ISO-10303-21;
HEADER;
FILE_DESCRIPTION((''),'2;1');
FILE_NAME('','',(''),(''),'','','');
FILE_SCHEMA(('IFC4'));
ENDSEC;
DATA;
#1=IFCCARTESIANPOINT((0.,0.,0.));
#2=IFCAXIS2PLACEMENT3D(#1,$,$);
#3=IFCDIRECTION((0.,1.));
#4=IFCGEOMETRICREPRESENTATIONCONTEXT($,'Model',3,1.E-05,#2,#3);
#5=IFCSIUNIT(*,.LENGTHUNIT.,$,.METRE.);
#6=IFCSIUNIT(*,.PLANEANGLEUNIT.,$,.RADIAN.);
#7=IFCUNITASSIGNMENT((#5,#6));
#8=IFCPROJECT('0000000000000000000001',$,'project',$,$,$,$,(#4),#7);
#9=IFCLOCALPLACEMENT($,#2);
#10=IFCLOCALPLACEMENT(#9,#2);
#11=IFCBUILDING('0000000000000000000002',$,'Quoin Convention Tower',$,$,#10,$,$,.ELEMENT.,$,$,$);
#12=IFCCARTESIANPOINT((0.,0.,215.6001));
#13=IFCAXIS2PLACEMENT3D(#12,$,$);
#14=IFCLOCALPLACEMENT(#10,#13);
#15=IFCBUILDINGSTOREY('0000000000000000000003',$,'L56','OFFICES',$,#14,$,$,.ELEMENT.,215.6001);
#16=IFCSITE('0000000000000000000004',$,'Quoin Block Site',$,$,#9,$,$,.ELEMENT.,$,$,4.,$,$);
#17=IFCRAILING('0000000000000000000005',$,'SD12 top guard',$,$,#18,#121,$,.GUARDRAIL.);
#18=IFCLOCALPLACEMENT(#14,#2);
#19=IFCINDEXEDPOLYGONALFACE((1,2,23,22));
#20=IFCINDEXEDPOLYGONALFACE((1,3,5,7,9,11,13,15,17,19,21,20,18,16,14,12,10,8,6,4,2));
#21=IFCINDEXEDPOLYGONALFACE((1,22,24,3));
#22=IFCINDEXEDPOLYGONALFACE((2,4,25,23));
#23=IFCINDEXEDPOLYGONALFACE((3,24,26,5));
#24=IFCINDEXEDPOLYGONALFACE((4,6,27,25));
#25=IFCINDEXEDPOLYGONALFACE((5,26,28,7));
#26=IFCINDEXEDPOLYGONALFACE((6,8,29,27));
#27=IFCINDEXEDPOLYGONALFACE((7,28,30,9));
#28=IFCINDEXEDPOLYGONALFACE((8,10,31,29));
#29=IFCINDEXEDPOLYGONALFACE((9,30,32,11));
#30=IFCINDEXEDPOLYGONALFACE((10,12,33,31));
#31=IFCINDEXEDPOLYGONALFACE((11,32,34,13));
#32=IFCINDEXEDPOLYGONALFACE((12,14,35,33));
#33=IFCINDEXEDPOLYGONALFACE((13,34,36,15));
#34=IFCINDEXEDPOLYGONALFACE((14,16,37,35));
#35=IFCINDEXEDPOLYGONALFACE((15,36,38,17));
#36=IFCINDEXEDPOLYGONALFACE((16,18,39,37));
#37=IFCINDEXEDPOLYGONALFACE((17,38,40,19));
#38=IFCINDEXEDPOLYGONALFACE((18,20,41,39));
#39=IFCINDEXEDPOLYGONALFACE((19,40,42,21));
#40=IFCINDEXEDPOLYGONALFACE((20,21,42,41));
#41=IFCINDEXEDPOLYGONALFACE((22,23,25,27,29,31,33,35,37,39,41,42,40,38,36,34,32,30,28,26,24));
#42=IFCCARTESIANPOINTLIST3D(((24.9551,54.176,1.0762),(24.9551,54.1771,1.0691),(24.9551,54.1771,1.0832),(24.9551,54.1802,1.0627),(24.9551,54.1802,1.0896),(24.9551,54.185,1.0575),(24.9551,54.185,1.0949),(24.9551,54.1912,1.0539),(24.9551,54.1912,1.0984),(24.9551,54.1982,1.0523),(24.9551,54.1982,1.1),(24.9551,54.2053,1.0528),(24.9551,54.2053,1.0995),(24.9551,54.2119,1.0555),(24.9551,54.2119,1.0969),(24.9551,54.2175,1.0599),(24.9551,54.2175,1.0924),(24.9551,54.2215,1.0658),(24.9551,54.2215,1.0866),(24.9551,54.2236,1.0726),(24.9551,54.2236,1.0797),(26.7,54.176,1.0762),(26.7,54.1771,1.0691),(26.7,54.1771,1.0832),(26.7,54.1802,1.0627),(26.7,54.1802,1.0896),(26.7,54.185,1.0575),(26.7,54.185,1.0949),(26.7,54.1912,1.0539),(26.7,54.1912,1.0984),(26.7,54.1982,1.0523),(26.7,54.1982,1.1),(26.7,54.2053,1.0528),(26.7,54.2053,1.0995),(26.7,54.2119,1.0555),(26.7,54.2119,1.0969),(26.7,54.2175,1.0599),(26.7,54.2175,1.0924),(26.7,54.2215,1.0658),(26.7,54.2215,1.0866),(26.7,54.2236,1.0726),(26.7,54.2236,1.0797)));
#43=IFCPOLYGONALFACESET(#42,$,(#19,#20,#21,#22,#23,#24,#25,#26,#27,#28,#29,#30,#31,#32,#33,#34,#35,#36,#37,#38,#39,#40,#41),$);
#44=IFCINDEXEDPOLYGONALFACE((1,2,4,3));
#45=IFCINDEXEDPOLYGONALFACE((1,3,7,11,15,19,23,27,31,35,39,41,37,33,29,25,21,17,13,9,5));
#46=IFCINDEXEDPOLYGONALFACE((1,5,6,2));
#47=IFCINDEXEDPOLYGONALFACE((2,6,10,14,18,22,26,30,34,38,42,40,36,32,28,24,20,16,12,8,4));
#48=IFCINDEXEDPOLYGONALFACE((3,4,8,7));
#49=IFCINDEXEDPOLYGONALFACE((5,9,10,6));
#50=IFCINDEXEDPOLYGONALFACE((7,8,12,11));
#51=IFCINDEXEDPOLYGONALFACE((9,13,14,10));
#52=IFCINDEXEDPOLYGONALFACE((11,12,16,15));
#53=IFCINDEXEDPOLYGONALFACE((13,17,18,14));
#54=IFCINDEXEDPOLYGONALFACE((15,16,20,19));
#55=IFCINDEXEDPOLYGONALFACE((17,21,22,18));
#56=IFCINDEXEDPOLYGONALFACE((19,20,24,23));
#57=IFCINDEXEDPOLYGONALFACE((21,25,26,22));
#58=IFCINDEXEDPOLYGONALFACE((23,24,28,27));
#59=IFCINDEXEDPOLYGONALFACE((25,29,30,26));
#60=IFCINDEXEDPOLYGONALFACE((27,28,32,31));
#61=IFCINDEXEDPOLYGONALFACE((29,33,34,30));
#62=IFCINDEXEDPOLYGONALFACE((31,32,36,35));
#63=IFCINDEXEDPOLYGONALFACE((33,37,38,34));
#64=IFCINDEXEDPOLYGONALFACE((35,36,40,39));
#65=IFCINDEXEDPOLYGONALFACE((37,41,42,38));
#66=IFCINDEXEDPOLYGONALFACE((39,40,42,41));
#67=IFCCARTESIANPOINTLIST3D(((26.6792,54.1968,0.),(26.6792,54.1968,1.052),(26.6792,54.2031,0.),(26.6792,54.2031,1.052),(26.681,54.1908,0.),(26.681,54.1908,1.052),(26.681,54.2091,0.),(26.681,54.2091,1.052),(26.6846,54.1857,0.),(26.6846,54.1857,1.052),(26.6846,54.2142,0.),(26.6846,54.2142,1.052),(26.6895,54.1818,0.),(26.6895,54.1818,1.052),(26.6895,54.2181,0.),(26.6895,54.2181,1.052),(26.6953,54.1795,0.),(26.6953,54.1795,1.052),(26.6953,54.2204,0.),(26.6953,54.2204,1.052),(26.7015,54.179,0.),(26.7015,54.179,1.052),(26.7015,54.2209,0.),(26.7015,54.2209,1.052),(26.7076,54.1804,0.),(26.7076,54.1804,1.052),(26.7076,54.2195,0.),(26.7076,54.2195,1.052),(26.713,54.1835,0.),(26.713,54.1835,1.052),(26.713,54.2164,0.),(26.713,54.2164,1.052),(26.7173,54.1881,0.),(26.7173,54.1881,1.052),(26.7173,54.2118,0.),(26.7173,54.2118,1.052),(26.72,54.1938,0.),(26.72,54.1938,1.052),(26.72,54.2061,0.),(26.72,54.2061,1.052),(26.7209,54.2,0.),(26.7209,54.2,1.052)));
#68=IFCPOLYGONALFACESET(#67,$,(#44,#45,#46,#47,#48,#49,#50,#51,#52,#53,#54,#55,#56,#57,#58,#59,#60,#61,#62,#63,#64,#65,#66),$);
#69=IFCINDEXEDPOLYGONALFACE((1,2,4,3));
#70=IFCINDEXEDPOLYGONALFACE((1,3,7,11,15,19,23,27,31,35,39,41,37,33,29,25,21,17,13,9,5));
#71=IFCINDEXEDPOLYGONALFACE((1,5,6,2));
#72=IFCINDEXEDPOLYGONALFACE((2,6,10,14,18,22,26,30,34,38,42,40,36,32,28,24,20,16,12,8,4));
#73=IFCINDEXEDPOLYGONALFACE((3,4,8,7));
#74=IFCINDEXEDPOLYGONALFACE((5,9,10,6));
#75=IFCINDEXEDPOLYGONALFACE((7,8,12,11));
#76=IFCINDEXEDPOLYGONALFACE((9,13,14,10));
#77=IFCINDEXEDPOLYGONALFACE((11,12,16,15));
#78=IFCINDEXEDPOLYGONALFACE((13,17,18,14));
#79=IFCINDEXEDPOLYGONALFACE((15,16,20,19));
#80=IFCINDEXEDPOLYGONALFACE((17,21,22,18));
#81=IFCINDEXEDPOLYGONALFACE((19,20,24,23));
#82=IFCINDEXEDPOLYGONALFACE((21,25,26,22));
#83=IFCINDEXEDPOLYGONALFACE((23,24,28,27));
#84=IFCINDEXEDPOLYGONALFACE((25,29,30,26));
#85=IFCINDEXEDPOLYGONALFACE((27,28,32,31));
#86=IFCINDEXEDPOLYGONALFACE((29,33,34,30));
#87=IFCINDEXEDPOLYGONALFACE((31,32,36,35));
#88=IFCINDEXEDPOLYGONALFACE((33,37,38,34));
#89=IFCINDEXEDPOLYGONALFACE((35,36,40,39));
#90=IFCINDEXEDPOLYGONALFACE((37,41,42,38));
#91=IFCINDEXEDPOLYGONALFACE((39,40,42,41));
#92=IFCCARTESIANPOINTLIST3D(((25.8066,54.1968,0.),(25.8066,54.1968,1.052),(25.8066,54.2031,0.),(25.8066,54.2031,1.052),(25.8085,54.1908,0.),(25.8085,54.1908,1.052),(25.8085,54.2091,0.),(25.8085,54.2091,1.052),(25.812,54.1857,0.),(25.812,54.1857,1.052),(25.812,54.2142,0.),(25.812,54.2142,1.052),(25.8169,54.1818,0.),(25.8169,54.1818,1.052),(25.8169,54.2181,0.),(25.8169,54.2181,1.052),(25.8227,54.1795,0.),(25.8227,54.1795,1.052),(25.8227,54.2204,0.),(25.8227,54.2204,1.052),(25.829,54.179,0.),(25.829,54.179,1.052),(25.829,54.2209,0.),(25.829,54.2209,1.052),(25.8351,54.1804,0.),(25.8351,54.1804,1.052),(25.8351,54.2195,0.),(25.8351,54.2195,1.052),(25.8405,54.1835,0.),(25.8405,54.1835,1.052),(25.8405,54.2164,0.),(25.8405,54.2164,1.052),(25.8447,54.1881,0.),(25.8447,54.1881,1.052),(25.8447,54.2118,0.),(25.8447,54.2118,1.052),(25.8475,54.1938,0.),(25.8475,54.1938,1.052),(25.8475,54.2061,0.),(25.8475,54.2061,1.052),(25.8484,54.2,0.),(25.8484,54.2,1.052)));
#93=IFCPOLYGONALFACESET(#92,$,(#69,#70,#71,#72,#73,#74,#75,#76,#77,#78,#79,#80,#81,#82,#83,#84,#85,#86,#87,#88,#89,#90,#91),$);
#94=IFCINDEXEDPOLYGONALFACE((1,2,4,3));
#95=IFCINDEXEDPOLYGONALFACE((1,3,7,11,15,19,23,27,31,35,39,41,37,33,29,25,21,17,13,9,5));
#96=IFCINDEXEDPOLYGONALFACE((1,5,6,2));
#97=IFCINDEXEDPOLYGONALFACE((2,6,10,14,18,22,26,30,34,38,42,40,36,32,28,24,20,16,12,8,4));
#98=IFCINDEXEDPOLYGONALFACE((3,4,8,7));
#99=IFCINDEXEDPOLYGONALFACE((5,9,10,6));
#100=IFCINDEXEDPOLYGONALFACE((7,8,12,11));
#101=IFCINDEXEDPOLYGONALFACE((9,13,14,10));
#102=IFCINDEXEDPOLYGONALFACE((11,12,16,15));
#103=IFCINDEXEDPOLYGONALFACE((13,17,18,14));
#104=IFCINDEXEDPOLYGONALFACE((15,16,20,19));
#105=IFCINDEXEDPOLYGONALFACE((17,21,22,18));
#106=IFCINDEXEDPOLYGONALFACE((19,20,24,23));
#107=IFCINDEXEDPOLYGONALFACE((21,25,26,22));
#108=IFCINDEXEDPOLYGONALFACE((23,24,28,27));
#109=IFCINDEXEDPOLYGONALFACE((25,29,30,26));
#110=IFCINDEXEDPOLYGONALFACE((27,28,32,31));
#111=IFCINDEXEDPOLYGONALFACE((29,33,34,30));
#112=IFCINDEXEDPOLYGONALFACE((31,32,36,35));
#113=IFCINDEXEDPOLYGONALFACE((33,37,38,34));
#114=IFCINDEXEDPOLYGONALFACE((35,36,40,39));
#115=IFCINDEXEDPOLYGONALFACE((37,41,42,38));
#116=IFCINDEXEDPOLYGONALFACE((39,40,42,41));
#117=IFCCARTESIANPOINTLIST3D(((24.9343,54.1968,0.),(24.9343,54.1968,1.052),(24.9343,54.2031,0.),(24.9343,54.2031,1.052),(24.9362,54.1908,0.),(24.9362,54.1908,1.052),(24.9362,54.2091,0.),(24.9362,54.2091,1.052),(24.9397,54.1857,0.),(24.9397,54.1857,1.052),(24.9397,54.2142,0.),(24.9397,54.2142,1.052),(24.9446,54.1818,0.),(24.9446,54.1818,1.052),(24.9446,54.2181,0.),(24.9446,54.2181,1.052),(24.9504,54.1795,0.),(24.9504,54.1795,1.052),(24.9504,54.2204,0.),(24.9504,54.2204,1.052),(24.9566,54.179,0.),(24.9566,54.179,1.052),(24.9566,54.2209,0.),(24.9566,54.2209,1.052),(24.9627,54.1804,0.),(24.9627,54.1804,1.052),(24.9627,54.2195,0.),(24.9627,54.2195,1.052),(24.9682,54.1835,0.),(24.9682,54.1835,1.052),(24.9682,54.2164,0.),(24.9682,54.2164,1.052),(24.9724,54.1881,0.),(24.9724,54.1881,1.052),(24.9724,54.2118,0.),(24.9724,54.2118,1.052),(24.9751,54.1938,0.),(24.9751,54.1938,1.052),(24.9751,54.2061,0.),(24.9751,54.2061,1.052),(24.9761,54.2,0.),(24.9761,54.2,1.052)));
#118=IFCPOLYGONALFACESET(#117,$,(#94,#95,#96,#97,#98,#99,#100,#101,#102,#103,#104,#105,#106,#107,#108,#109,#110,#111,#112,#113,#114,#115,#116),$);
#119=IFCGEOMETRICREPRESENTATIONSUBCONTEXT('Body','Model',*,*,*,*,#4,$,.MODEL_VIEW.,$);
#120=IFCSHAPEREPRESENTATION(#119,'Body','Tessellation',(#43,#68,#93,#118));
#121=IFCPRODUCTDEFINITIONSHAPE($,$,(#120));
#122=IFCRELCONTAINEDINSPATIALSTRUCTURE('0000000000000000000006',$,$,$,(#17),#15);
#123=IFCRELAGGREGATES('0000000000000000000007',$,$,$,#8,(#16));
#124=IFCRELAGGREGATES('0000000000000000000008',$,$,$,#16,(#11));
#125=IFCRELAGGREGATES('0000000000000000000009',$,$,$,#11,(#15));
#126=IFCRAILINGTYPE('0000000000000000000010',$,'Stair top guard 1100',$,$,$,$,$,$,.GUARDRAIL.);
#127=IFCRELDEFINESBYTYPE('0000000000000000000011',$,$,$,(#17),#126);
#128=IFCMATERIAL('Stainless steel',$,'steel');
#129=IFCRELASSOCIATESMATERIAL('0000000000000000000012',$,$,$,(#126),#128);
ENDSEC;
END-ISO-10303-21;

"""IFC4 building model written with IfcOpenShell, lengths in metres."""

from ifc_helpers import new_model, si_unit, direction, frame, origin, origin_2d, place, context, subcontext, project, spatial, circle, extrude, material, type_object, element, save


model = new_model("IFC4")

# Units and contexts
model_context = context("Model", 3, precision=1e-05, world=origin(), true_north=direction((0.0, 1.0)))
body_context = subcontext(model_context, "Body", "Model", "MODEL_VIEW")
ifc_project = project(units=[si_unit("LENGTHUNIT", "METRE"), si_unit("PLANEANGLEUNIT", "RADIAN")], contexts=[model_context])

# Site, building, storey
site_placement = place(None, origin())
site = spatial("IfcSite", under=ifc_project, at=site_placement, Name="Quoin Block Site", CompositionType="ELEMENT", RefElevation=4.0)
building_placement = place(site_placement, origin())
building = spatial("IfcBuilding", under=site, at=building_placement, Name="Quoin Convention Tower", CompositionType="ELEMENT")
storey_placement = place(building_placement, frame((0.0, 0.0, 215.6001)))
storey = spatial("IfcBuildingStorey", under=building, at=storey_placement, Name="L56", Description="OFFICES", CompositionType="ELEMENT", Elevation=215.6001)

# Railing
ifc_material_1 = material(Name="Stainless steel", Category="steel")
railing_type_1 = type_object("IfcRailingType", Name="Stair top guard 1100", PredefinedType="GUARDRAIL", material=ifc_material_1)
railing_1_placement = place(storey_placement, frame((26.7, 54.2, 0.0)))
element("IfcRailing", 1, at=railing_1_placement, inside=storey, type_object=railing_type_1, Name="SD12 top guard", PredefinedType="GUARDRAIL", context=body_context, shape_type="SweptSolid", body=[
    extrude(circle(Radius=0.0239, at=origin_2d()), frame((0.0, 0.0, 1.0762), z_axis=(-1.0, 0.0, 0.0), x_axis=(0.0, -1.0, 0.0)), (0.0, 0.0, 1.0), 1.7449),
    extrude(circle(Radius=0.021, at=origin_2d()), origin(), (0.0, 0.0, 1.0), 1.052),
    extrude(circle(Radius=0.021, at=origin_2d()), frame((-0.8726, 0.0, 0.0)), (0.0, 0.0, 1.0), 1.052),
    extrude(circle(Radius=0.021, at=origin_2d()), frame((-1.7449, 0.0, 0.0)), (0.0, 0.0, 1.0), 1.052),
])

save(model, "model.ifc")
